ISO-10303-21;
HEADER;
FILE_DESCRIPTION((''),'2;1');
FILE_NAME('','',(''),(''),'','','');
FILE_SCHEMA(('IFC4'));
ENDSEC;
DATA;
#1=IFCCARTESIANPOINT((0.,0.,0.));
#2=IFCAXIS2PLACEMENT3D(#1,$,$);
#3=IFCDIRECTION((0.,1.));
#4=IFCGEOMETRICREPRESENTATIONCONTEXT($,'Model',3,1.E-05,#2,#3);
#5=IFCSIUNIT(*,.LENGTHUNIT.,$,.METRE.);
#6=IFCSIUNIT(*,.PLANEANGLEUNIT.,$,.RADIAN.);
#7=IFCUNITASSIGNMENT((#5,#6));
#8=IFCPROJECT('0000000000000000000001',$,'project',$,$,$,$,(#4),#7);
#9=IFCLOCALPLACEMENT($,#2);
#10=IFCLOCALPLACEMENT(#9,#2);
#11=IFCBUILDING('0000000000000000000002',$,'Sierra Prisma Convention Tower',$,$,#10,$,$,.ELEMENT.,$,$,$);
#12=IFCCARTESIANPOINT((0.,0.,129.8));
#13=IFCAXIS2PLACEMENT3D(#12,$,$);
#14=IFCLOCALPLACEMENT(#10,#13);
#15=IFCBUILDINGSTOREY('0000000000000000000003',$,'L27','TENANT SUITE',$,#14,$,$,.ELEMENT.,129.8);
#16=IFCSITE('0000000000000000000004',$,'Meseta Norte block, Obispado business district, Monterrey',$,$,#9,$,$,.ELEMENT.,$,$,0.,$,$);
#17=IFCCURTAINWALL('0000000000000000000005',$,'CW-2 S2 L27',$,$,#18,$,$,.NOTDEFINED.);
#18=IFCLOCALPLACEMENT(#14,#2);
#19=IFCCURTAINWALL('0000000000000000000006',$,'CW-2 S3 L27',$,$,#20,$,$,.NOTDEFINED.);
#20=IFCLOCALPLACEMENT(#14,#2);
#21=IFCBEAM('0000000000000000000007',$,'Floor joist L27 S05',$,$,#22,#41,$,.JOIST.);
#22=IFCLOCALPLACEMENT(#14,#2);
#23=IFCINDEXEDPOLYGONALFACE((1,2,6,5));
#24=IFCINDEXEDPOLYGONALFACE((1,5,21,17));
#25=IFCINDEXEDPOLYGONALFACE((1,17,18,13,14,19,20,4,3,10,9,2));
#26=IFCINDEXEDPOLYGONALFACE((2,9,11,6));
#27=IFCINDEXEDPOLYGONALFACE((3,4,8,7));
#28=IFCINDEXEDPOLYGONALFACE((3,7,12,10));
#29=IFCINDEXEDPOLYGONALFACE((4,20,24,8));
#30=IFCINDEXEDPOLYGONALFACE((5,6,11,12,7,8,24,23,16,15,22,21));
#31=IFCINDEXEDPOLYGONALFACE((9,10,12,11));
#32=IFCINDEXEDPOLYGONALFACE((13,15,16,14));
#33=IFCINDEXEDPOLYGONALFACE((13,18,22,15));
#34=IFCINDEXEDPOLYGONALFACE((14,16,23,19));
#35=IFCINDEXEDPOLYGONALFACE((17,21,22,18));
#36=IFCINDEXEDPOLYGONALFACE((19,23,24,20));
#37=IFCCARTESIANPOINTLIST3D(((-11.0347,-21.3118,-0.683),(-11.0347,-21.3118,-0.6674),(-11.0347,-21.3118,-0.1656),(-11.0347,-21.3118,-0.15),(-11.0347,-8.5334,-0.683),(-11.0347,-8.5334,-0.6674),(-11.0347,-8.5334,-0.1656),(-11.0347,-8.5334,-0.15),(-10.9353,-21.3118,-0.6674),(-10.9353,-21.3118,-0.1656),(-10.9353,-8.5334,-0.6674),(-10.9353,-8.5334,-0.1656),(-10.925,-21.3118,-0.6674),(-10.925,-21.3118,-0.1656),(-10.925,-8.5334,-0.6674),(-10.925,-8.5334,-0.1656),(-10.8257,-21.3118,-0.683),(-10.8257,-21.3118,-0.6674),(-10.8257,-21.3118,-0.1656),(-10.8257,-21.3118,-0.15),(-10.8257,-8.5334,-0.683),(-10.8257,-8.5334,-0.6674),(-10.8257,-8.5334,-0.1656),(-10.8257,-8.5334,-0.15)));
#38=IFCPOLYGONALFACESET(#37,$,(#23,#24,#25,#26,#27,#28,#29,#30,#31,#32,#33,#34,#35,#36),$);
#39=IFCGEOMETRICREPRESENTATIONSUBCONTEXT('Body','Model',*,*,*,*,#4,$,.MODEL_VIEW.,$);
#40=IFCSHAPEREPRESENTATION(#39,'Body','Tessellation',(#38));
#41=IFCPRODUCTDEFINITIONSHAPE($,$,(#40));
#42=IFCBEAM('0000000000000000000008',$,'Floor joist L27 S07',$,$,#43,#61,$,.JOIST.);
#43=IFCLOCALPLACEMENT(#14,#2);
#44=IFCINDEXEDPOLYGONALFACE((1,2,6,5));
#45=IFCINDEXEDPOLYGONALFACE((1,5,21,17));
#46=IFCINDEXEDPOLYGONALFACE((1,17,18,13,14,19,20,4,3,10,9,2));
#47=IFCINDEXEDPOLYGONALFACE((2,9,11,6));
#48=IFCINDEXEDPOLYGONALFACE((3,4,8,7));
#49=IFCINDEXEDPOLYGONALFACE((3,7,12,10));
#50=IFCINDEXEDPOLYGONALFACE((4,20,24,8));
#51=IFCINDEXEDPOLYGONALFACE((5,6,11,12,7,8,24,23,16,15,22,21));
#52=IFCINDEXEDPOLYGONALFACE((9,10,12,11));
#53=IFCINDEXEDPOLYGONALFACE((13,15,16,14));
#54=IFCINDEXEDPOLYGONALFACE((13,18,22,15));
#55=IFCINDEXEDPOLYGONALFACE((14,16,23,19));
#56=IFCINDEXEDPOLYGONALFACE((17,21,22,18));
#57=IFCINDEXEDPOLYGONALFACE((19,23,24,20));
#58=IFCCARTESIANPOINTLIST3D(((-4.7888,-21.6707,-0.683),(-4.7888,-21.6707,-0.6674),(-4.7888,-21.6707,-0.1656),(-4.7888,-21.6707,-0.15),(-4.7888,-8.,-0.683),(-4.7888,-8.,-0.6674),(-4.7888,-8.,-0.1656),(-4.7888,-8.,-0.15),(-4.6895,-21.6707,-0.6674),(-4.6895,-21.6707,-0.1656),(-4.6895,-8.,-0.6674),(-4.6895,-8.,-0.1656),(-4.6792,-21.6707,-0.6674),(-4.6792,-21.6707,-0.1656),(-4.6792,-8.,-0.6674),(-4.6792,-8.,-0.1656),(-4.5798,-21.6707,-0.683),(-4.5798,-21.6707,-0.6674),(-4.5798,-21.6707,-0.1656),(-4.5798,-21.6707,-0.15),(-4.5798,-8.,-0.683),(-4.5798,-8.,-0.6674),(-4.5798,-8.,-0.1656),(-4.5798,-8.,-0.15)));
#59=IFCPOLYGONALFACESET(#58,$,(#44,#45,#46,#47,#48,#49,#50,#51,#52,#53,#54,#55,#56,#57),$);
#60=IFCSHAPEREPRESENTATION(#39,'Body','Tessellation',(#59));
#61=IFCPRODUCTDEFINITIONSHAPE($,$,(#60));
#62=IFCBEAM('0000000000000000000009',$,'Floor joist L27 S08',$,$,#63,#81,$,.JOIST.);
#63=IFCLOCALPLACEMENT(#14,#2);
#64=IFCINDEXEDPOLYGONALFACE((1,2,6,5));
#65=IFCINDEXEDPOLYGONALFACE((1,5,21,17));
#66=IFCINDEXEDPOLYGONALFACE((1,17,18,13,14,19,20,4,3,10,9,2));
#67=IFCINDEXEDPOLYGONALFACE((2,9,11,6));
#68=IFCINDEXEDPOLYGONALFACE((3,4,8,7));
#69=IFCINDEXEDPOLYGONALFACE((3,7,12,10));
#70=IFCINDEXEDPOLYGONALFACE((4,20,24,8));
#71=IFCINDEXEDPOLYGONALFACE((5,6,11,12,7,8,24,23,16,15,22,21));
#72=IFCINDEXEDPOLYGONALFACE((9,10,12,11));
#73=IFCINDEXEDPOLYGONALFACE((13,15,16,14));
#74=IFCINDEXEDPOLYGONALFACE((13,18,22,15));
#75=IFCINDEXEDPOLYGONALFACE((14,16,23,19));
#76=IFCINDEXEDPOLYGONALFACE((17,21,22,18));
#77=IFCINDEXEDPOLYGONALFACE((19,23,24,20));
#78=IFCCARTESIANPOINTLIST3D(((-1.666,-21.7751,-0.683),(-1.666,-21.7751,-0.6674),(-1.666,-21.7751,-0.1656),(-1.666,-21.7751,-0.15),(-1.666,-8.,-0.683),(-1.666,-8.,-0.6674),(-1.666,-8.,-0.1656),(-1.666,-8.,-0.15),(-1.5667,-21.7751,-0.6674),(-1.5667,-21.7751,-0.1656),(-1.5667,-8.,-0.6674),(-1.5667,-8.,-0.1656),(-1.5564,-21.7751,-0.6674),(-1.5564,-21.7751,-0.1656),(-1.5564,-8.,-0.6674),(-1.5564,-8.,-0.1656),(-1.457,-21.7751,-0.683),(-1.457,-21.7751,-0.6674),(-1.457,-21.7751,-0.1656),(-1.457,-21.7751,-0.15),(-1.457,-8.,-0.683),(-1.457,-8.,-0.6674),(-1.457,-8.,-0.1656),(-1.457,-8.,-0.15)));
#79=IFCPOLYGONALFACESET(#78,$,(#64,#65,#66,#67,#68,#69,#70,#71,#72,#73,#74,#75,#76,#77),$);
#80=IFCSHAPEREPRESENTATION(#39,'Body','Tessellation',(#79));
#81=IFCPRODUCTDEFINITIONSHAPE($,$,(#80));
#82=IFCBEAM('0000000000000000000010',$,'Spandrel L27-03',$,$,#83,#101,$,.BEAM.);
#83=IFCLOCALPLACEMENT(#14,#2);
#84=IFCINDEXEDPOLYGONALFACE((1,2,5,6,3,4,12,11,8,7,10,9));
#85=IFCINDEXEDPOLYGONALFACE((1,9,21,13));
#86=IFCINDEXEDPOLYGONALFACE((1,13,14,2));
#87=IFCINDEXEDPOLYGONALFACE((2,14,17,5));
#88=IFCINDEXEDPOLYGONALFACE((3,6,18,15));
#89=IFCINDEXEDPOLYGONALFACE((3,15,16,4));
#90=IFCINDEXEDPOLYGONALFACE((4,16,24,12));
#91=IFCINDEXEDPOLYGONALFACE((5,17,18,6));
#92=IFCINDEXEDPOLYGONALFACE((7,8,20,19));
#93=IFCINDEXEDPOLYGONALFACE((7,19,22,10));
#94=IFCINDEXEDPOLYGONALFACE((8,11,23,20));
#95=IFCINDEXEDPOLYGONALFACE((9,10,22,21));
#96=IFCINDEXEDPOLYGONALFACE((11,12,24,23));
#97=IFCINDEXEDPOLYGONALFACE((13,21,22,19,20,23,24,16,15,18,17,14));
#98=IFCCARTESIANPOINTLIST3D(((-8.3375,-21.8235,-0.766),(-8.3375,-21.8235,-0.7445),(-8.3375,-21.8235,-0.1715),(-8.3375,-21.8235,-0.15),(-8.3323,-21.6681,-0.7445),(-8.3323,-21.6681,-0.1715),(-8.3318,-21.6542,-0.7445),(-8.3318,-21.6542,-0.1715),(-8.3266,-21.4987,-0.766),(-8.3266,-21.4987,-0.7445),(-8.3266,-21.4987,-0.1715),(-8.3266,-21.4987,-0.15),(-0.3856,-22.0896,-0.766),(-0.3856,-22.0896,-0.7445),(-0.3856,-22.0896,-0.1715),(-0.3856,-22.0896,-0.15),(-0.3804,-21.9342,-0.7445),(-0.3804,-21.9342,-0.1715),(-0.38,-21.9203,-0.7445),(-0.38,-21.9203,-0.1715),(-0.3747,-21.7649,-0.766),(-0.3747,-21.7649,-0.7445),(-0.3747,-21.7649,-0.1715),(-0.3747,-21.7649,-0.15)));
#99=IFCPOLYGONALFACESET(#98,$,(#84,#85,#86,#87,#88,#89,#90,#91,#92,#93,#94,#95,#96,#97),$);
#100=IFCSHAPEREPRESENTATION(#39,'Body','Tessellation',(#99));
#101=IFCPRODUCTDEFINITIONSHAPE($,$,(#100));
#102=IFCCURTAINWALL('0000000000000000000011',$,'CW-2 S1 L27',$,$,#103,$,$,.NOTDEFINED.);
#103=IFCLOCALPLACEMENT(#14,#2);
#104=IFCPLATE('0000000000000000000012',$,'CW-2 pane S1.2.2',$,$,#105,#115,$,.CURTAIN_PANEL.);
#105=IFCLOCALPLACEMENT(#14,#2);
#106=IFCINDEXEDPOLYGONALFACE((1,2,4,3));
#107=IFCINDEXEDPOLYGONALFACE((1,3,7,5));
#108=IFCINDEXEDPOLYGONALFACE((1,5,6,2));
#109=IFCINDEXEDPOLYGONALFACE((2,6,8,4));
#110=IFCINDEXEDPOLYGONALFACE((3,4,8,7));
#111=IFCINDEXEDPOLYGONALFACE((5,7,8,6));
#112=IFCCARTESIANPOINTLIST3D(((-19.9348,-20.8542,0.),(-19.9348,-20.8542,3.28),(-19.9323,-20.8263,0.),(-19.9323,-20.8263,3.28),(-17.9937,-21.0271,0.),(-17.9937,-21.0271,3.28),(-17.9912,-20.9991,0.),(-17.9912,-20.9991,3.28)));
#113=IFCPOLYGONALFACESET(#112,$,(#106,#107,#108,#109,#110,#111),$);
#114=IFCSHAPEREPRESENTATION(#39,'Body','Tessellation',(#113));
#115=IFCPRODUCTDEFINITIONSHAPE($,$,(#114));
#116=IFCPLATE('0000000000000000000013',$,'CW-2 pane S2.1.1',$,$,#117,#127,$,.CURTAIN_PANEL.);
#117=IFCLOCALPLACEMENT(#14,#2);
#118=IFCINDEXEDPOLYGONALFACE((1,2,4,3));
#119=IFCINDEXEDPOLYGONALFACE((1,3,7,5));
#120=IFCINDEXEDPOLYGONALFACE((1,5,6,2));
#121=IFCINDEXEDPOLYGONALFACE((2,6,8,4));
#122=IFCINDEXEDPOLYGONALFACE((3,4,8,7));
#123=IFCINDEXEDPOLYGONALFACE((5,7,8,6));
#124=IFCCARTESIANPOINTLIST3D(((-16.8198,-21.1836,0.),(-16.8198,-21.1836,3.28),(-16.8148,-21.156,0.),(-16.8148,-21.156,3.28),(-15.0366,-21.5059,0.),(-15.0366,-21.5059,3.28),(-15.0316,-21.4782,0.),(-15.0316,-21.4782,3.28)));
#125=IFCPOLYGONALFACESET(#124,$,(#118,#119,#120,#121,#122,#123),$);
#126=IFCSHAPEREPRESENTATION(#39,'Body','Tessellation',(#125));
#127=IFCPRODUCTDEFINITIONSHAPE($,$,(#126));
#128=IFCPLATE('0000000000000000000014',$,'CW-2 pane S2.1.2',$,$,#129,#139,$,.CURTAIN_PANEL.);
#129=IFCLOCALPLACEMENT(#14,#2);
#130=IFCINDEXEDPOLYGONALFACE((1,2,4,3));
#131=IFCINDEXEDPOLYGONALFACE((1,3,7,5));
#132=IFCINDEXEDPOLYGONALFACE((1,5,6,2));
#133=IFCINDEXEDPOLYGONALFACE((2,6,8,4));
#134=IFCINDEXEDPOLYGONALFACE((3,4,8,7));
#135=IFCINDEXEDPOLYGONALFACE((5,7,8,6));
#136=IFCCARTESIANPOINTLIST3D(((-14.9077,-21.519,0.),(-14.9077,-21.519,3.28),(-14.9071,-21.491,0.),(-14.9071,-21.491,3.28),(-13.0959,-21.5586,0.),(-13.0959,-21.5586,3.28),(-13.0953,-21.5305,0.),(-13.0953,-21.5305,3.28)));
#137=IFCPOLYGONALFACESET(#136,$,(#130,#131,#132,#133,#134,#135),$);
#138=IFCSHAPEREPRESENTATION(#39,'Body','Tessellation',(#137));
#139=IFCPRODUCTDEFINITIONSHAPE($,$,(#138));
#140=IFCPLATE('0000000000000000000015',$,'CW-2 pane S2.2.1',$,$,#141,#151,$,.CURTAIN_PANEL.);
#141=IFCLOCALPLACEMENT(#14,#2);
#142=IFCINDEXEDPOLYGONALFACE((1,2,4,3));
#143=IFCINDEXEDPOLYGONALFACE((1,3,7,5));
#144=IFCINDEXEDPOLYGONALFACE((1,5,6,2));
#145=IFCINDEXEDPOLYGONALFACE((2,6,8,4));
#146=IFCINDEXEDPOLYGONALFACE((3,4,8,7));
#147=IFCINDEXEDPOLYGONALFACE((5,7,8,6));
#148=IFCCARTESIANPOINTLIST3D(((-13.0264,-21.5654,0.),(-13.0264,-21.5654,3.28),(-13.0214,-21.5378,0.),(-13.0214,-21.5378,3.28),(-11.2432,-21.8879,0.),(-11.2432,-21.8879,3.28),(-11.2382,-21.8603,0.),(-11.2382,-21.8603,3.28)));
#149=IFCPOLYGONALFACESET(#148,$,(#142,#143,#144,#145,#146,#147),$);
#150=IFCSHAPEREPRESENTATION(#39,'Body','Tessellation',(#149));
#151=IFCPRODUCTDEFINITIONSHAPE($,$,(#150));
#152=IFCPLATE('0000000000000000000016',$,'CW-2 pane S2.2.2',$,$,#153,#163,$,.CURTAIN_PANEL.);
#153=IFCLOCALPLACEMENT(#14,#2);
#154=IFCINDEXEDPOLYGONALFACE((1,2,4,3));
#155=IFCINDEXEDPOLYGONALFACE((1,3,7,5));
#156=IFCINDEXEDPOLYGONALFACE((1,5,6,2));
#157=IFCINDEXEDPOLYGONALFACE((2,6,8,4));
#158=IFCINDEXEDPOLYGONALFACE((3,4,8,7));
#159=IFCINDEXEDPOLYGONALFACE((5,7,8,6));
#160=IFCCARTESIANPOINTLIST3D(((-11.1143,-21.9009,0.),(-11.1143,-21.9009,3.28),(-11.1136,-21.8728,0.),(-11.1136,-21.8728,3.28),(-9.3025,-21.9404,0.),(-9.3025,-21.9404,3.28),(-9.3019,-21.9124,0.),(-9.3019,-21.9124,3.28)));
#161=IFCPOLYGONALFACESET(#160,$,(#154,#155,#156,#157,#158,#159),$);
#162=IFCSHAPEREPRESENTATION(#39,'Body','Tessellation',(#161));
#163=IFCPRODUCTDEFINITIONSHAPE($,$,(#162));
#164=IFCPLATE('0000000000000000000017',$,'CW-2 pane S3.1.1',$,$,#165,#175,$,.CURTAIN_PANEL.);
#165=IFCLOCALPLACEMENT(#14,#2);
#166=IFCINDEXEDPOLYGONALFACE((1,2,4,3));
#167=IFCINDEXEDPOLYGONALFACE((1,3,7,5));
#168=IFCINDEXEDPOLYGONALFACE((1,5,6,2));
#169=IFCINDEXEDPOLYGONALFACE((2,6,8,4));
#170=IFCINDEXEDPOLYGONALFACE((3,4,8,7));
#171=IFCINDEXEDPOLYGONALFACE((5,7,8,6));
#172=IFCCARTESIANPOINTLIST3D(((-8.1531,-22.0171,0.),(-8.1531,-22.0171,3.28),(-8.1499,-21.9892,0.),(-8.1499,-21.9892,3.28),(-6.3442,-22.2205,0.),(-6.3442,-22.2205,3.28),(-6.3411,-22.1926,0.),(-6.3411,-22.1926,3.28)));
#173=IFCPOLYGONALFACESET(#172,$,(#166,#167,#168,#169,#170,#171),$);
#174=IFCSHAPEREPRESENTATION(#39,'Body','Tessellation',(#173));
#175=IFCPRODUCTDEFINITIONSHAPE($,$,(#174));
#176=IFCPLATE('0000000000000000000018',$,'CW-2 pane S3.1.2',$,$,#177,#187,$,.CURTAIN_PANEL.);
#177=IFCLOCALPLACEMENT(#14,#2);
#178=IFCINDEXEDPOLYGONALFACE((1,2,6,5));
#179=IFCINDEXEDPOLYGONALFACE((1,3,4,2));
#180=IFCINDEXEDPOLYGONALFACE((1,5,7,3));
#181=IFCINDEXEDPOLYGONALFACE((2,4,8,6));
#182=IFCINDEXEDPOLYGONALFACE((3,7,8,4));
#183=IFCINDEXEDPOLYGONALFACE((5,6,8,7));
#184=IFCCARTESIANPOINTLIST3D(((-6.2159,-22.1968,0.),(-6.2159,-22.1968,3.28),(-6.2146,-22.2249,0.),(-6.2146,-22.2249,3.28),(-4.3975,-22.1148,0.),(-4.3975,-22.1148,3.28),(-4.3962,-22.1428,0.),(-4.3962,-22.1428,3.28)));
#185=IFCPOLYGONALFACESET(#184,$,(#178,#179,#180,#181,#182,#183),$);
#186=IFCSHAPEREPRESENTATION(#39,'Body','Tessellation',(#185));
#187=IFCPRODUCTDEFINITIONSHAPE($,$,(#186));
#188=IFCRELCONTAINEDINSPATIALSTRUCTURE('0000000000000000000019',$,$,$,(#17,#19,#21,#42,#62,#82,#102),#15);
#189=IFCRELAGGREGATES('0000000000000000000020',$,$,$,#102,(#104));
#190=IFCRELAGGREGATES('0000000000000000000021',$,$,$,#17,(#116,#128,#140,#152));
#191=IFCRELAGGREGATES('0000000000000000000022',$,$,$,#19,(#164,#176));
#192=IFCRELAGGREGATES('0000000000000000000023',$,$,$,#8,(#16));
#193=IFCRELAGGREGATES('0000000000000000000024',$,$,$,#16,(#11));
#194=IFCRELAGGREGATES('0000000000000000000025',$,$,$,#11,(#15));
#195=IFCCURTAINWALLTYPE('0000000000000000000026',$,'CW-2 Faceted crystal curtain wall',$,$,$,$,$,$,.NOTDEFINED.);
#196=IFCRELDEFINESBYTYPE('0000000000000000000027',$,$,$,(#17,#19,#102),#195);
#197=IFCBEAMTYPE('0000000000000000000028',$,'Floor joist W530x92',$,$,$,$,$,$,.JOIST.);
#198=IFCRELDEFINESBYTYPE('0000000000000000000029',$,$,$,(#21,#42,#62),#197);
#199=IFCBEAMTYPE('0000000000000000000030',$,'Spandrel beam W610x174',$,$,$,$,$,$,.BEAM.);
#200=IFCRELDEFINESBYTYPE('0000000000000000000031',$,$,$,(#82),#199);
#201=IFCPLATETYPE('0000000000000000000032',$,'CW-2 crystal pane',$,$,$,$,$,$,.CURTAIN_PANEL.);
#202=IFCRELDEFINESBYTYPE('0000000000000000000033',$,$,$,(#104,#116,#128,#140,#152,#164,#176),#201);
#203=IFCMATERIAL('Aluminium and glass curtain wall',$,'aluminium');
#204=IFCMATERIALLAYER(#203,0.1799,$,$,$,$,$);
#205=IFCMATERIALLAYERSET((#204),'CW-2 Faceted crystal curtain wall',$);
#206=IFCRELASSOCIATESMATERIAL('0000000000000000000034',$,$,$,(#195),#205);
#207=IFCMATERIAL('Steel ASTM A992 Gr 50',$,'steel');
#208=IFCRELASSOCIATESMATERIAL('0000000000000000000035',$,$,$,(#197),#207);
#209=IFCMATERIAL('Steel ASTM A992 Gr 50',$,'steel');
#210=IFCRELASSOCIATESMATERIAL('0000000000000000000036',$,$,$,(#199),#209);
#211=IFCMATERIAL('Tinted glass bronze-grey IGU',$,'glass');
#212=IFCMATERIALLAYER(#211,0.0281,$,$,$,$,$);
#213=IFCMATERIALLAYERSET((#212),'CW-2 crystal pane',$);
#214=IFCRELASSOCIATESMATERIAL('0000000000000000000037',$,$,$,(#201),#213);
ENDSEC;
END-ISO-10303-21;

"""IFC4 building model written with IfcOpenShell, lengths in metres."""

from ifc_helpers import new_model, si_unit, direction, frame, origin, origin_2d, place, context, subcontext, project, spatial, polyline, i_section, outline, extrude, material, layer, layer_set, material_profile, profile_set, type_object, element, aggregate, save


model = new_model("IFC4")

# Units and contexts
model_context = context("Model", 3, precision=1e-05, world=origin(), true_north=direction((0.0, 1.0)))
body_context = subcontext(model_context, "Body", "Model", "MODEL_VIEW")
ifc_project = project(units=[si_unit("LENGTHUNIT", "METRE"), si_unit("PLANEANGLEUNIT", "RADIAN")], contexts=[model_context])

# Site, building, storey
site_placement = place(None, origin())
site = spatial("IfcSite", under=ifc_project, at=site_placement, Name="Meseta Norte block, Obispado business district, Monterrey", CompositionType="ELEMENT", RefElevation=0.0)
building_placement = place(site_placement, origin())
building = spatial("IfcBuilding", under=site, at=building_placement, Name="Sierra Prisma Convention Tower", CompositionType="ELEMENT")
storey_placement = place(building_placement, frame((0.0, 0.0, 129.8)))
storey = spatial("IfcBuildingStorey", under=building, at=storey_placement, Name="L27", Description="TENANT SUITE", CompositionType="ELEMENT", Elevation=129.8)

# Curtain walls
ifc_material_1 = material(Name="Aluminium and glass curtain wall", Category="aluminium")
ifc_layer_1 = layer(ifc_material_1, 0.1799)
ifc_layer_set_1 = layer_set([ifc_layer_1], Name="CW-2 Faceted crystal curtain wall")
curtain_wall_type = type_object("IfcCurtainWallType", Name="CW-2 Faceted crystal curtain wall", PredefinedType="NOTDEFINED", material=ifc_layer_set_1)
curtain_wall_1_placement = place(storey_placement, origin())
curtain_wall_1 = element("IfcCurtainWall", 1, at=curtain_wall_1_placement, inside=storey, type_object=curtain_wall_type, Name="CW-2 S2 L27", PredefinedType="NOTDEFINED")
curtain_wall_2_placement = place(storey_placement, origin())
curtain_wall_2 = element("IfcCurtainWall", 2, at=curtain_wall_2_placement, inside=storey, type_object=curtain_wall_type, Name="CW-2 S3 L27", PredefinedType="NOTDEFINED")

# Beams
ifc_material_2 = material(Name="Steel ASTM A992 Gr 50", Category="steel")
ifc_material_profile_1 = material_profile(ifc_material_2, i_section(OverallWidth=0.209, OverallDepth=0.533, WebThickness=0.0103, FlangeThickness=0.0156, at=origin_2d()), Name="W530x92")
ifc_profile_set_1 = profile_set([ifc_material_profile_1], Name="Steel ASTM A992 Gr 50")
beam_type_1 = type_object("IfcBeamType", Name="Floor joist W530x92", PredefinedType="JOIST", material=ifc_profile_set_1)
beam_1_placement = place(storey_placement, frame((-10.9302, -21.3118, -0.4165), z_axis=(0.0, 1.0, 0.0), x_axis=(-1.0, 0.0, 0.0)))
element("IfcBeam", 3, at=beam_1_placement, inside=storey, type_object=beam_type_1, Name="Floor joist L27 S05", PredefinedType="JOIST", context=body_context, shape_type="SweptSolid", body=[
    extrude(i_section(OverallWidth=0.209, OverallDepth=0.533, WebThickness=0.0103, FlangeThickness=0.0156, at=origin_2d()), origin(), (0.0, 0.0, 1.0), 12.7783),
])
beam_2_placement = place(storey_placement, frame((-4.6843, -21.6707, -0.4165), z_axis=(0.0, 1.0, 0.0), x_axis=(-1.0, 0.0, 0.0)))
element("IfcBeam", 4, at=beam_2_placement, inside=storey, type_object=beam_type_1, Name="Floor joist L27 S07", PredefinedType="JOIST", context=body_context, shape_type="SweptSolid", body=[
    extrude(i_section(OverallWidth=0.209, OverallDepth=0.533, WebThickness=0.0103, FlangeThickness=0.0156, at=origin_2d()), origin(), (0.0, 0.0, 1.0), 13.6707),
])
beam_3_placement = place(storey_placement, frame((-1.5615, -21.7751, -0.4165), z_axis=(0.0, 1.0, 0.0), x_axis=(-1.0, 0.0, 0.0)))
element("IfcBeam", 5, at=beam_3_placement, inside=storey, type_object=beam_type_1, Name="Floor joist L27 S08", PredefinedType="JOIST", context=body_context, shape_type="SweptSolid", body=[
    extrude(i_section(OverallWidth=0.209, OverallDepth=0.533, WebThickness=0.0103, FlangeThickness=0.0156, at=origin_2d()), origin(), (0.0, 0.0, 1.0), 13.7751),
])
ifc_material_3 = material(Name="Steel ASTM A992 Gr 50", Category="steel")
ifc_material_profile_2 = material_profile(ifc_material_3, i_section(OverallWidth=0.325, OverallDepth=0.616, WebThickness=0.0139, FlangeThickness=0.0215, at=origin_2d()), Name="W610x174")
ifc_profile_set_2 = profile_set([ifc_material_profile_2], Name="Steel ASTM A992 Gr 50")
beam_type_2 = type_object("IfcBeamType", Name="Spandrel beam W610x174", PredefinedType="BEAM", material=ifc_profile_set_2)
beam_4_placement = place(storey_placement, frame((-8.332, -21.6611, -0.458), z_axis=(0.999441, -0.033447, 0.0), x_axis=(0.033447, 0.999441, 0.0)))
element("IfcBeam", 6, at=beam_4_placement, inside=storey, type_object=beam_type_2, Name="Spandrel L27-03", PredefinedType="BEAM", context=body_context, shape_type="SweptSolid", body=[
    extrude(i_section(OverallWidth=0.325, OverallDepth=0.616, WebThickness=0.0139, FlangeThickness=0.0215, at=origin_2d()), origin(), (0.0, 0.0, 1.0), 7.9563),
])

# Curtain wall, plate
curtain_wall_3_placement = place(storey_placement, origin())
curtain_wall_3 = element("IfcCurtainWall", 7, at=curtain_wall_3_placement, inside=storey, type_object=curtain_wall_type, Name="CW-2 S1 L27", PredefinedType="NOTDEFINED")
ifc_material_4 = material(Name="Tinted glass bronze-grey IGU", Category="glass")
ifc_layer_2 = layer(ifc_material_4, 0.0281)
ifc_layer_set_2 = layer_set([ifc_layer_2], Name="CW-2 crystal pane")
plate_type = type_object("IfcPlateType", Name="CW-2 crystal pane", PredefinedType="CURTAIN_PANEL", material=ifc_layer_set_2)
plate_1_placement = place(storey_placement, frame((-17.9937, -21.0271, 0.0), z_axis=(-0.088694, -0.996059, 0.0), x_axis=(-0.996059, 0.088694, 0.0)))
plate_1 = element("IfcPlate", 8, at=plate_1_placement, type_object=plate_type, Name="CW-2 pane S1.2.2", PredefinedType="CURTAIN_PANEL", context=body_context, shape_type="SweptSolid", body=[
    extrude(outline(polyline([(0.0, 0.0), (1.9488, 0.0), (1.9488, -3.28), (0.0, -3.28), (0.0, 0.0)])), origin(), (0.0, 0.0, -1.0), 0.0281),
])
aggregate(curtain_wall_3, [plate_1])

# Plates
plate_2_placement = place(storey_placement, frame((-16.8198, -21.1836, 0.0), z_axis=(-0.177842, -0.984059, 0.0), x_axis=(0.984059, -0.177842, 0.0)))
plate_2 = element("IfcPlate", 9, at=plate_2_placement, type_object=plate_type, Name="CW-2 pane S2.1.1", PredefinedType="CURTAIN_PANEL", context=body_context, shape_type="SweptSolid", body=[
    extrude(outline(polyline([(0.0, 0.0), (1.8121, 0.0), (1.8121, 3.28), (0.0, 3.28), (0.0, 0.0)])), origin(), (0.0, 0.0, -1.0), 0.0281),
])
plate_3_placement = place(storey_placement, frame((-13.0959, -21.5586, 0.0), z_axis=(-0.021825, -0.999762, 0.0), x_axis=(-0.999762, 0.021825, 0.0)))
plate_3 = element("IfcPlate", 10, at=plate_3_placement, type_object=plate_type, Name="CW-2 pane S2.1.2", PredefinedType="CURTAIN_PANEL", context=body_context, shape_type="SweptSolid", body=[
    extrude(outline(polyline([(0.0, 0.0), (1.8122, 0.0), (1.8122, -3.28), (0.0, -3.28), (0.0, 0.0)])), origin(), (0.0, 0.0, -1.0), 0.0281),
])
plate_4_placement = place(storey_placement, frame((-13.0264, -21.5654, 0.0), z_axis=(-0.177972, -0.984035, 0.0), x_axis=(0.984035, -0.177972, 0.0)))
plate_4 = element("IfcPlate", 11, at=plate_4_placement, type_object=plate_type, Name="CW-2 pane S2.2.1", PredefinedType="CURTAIN_PANEL", context=body_context, shape_type="SweptSolid", body=[
    extrude(outline(polyline([(0.0, 0.0), (1.8121, 0.0), (1.8121, 3.28), (0.0, 3.28), (0.0, 0.0)])), origin(), (0.0, 0.0, -1.0), 0.0281),
])
plate_5_placement = place(storey_placement, frame((-9.3025, -21.9404, 0.0), z_axis=(-0.021825, -0.999762, 0.0), x_axis=(-0.999762, 0.021825, 0.0)))
plate_5 = element("IfcPlate", 12, at=plate_5_placement, type_object=plate_type, Name="CW-2 pane S2.2.2", PredefinedType="CURTAIN_PANEL", context=body_context, shape_type="SweptSolid", body=[
    extrude(outline(polyline([(0.0, 0.0), (1.8122, 0.0), (1.8122, -3.28), (0.0, -3.28), (0.0, 0.0)])), origin(), (0.0, 0.0, -1.0), 0.0281),
])
aggregate(curtain_wall_1, [plate_2, plate_3, plate_4, plate_5])
plate_6_placement = place(storey_placement, frame((-8.1531, -22.0171, 0.0), z_axis=(-0.111727, -0.993739, 0.0), x_axis=(0.993739, -0.111727, 0.0)))
plate_6 = element("IfcPlate", 13, at=plate_6_placement, type_object=plate_type, Name="CW-2 pane S3.1.1", PredefinedType="CURTAIN_PANEL", context=body_context, shape_type="SweptSolid", body=[
    extrude(outline(polyline([(0.0, 0.0), (1.8202, 0.0), (1.8202, 3.28), (0.0, 3.28), (0.0, 0.0)])), origin(), (0.0, 0.0, -1.0), 0.0281),
])
plate_7_placement = place(storey_placement, frame((-4.3962, -22.1428, 0.0), z_axis=(0.045067, -0.998984, 0.0), x_axis=(-0.998984, -0.045067, 0.0)))
plate_7 = element("IfcPlate", 14, at=plate_7_placement, type_object=plate_type, Name="CW-2 pane S3.1.2", PredefinedType="CURTAIN_PANEL", context=body_context, shape_type="SweptSolid", body=[
    extrude(outline(polyline([(0.0, 0.0), (1.8202, 0.0), (1.8202, -3.28), (0.0, -3.28), (0.0, 0.0)])), origin(), (0.0, 0.0, -1.0), 0.0281),
])
aggregate(curtain_wall_2, [plate_6, plate_7])

save(model, "model.ifc")
